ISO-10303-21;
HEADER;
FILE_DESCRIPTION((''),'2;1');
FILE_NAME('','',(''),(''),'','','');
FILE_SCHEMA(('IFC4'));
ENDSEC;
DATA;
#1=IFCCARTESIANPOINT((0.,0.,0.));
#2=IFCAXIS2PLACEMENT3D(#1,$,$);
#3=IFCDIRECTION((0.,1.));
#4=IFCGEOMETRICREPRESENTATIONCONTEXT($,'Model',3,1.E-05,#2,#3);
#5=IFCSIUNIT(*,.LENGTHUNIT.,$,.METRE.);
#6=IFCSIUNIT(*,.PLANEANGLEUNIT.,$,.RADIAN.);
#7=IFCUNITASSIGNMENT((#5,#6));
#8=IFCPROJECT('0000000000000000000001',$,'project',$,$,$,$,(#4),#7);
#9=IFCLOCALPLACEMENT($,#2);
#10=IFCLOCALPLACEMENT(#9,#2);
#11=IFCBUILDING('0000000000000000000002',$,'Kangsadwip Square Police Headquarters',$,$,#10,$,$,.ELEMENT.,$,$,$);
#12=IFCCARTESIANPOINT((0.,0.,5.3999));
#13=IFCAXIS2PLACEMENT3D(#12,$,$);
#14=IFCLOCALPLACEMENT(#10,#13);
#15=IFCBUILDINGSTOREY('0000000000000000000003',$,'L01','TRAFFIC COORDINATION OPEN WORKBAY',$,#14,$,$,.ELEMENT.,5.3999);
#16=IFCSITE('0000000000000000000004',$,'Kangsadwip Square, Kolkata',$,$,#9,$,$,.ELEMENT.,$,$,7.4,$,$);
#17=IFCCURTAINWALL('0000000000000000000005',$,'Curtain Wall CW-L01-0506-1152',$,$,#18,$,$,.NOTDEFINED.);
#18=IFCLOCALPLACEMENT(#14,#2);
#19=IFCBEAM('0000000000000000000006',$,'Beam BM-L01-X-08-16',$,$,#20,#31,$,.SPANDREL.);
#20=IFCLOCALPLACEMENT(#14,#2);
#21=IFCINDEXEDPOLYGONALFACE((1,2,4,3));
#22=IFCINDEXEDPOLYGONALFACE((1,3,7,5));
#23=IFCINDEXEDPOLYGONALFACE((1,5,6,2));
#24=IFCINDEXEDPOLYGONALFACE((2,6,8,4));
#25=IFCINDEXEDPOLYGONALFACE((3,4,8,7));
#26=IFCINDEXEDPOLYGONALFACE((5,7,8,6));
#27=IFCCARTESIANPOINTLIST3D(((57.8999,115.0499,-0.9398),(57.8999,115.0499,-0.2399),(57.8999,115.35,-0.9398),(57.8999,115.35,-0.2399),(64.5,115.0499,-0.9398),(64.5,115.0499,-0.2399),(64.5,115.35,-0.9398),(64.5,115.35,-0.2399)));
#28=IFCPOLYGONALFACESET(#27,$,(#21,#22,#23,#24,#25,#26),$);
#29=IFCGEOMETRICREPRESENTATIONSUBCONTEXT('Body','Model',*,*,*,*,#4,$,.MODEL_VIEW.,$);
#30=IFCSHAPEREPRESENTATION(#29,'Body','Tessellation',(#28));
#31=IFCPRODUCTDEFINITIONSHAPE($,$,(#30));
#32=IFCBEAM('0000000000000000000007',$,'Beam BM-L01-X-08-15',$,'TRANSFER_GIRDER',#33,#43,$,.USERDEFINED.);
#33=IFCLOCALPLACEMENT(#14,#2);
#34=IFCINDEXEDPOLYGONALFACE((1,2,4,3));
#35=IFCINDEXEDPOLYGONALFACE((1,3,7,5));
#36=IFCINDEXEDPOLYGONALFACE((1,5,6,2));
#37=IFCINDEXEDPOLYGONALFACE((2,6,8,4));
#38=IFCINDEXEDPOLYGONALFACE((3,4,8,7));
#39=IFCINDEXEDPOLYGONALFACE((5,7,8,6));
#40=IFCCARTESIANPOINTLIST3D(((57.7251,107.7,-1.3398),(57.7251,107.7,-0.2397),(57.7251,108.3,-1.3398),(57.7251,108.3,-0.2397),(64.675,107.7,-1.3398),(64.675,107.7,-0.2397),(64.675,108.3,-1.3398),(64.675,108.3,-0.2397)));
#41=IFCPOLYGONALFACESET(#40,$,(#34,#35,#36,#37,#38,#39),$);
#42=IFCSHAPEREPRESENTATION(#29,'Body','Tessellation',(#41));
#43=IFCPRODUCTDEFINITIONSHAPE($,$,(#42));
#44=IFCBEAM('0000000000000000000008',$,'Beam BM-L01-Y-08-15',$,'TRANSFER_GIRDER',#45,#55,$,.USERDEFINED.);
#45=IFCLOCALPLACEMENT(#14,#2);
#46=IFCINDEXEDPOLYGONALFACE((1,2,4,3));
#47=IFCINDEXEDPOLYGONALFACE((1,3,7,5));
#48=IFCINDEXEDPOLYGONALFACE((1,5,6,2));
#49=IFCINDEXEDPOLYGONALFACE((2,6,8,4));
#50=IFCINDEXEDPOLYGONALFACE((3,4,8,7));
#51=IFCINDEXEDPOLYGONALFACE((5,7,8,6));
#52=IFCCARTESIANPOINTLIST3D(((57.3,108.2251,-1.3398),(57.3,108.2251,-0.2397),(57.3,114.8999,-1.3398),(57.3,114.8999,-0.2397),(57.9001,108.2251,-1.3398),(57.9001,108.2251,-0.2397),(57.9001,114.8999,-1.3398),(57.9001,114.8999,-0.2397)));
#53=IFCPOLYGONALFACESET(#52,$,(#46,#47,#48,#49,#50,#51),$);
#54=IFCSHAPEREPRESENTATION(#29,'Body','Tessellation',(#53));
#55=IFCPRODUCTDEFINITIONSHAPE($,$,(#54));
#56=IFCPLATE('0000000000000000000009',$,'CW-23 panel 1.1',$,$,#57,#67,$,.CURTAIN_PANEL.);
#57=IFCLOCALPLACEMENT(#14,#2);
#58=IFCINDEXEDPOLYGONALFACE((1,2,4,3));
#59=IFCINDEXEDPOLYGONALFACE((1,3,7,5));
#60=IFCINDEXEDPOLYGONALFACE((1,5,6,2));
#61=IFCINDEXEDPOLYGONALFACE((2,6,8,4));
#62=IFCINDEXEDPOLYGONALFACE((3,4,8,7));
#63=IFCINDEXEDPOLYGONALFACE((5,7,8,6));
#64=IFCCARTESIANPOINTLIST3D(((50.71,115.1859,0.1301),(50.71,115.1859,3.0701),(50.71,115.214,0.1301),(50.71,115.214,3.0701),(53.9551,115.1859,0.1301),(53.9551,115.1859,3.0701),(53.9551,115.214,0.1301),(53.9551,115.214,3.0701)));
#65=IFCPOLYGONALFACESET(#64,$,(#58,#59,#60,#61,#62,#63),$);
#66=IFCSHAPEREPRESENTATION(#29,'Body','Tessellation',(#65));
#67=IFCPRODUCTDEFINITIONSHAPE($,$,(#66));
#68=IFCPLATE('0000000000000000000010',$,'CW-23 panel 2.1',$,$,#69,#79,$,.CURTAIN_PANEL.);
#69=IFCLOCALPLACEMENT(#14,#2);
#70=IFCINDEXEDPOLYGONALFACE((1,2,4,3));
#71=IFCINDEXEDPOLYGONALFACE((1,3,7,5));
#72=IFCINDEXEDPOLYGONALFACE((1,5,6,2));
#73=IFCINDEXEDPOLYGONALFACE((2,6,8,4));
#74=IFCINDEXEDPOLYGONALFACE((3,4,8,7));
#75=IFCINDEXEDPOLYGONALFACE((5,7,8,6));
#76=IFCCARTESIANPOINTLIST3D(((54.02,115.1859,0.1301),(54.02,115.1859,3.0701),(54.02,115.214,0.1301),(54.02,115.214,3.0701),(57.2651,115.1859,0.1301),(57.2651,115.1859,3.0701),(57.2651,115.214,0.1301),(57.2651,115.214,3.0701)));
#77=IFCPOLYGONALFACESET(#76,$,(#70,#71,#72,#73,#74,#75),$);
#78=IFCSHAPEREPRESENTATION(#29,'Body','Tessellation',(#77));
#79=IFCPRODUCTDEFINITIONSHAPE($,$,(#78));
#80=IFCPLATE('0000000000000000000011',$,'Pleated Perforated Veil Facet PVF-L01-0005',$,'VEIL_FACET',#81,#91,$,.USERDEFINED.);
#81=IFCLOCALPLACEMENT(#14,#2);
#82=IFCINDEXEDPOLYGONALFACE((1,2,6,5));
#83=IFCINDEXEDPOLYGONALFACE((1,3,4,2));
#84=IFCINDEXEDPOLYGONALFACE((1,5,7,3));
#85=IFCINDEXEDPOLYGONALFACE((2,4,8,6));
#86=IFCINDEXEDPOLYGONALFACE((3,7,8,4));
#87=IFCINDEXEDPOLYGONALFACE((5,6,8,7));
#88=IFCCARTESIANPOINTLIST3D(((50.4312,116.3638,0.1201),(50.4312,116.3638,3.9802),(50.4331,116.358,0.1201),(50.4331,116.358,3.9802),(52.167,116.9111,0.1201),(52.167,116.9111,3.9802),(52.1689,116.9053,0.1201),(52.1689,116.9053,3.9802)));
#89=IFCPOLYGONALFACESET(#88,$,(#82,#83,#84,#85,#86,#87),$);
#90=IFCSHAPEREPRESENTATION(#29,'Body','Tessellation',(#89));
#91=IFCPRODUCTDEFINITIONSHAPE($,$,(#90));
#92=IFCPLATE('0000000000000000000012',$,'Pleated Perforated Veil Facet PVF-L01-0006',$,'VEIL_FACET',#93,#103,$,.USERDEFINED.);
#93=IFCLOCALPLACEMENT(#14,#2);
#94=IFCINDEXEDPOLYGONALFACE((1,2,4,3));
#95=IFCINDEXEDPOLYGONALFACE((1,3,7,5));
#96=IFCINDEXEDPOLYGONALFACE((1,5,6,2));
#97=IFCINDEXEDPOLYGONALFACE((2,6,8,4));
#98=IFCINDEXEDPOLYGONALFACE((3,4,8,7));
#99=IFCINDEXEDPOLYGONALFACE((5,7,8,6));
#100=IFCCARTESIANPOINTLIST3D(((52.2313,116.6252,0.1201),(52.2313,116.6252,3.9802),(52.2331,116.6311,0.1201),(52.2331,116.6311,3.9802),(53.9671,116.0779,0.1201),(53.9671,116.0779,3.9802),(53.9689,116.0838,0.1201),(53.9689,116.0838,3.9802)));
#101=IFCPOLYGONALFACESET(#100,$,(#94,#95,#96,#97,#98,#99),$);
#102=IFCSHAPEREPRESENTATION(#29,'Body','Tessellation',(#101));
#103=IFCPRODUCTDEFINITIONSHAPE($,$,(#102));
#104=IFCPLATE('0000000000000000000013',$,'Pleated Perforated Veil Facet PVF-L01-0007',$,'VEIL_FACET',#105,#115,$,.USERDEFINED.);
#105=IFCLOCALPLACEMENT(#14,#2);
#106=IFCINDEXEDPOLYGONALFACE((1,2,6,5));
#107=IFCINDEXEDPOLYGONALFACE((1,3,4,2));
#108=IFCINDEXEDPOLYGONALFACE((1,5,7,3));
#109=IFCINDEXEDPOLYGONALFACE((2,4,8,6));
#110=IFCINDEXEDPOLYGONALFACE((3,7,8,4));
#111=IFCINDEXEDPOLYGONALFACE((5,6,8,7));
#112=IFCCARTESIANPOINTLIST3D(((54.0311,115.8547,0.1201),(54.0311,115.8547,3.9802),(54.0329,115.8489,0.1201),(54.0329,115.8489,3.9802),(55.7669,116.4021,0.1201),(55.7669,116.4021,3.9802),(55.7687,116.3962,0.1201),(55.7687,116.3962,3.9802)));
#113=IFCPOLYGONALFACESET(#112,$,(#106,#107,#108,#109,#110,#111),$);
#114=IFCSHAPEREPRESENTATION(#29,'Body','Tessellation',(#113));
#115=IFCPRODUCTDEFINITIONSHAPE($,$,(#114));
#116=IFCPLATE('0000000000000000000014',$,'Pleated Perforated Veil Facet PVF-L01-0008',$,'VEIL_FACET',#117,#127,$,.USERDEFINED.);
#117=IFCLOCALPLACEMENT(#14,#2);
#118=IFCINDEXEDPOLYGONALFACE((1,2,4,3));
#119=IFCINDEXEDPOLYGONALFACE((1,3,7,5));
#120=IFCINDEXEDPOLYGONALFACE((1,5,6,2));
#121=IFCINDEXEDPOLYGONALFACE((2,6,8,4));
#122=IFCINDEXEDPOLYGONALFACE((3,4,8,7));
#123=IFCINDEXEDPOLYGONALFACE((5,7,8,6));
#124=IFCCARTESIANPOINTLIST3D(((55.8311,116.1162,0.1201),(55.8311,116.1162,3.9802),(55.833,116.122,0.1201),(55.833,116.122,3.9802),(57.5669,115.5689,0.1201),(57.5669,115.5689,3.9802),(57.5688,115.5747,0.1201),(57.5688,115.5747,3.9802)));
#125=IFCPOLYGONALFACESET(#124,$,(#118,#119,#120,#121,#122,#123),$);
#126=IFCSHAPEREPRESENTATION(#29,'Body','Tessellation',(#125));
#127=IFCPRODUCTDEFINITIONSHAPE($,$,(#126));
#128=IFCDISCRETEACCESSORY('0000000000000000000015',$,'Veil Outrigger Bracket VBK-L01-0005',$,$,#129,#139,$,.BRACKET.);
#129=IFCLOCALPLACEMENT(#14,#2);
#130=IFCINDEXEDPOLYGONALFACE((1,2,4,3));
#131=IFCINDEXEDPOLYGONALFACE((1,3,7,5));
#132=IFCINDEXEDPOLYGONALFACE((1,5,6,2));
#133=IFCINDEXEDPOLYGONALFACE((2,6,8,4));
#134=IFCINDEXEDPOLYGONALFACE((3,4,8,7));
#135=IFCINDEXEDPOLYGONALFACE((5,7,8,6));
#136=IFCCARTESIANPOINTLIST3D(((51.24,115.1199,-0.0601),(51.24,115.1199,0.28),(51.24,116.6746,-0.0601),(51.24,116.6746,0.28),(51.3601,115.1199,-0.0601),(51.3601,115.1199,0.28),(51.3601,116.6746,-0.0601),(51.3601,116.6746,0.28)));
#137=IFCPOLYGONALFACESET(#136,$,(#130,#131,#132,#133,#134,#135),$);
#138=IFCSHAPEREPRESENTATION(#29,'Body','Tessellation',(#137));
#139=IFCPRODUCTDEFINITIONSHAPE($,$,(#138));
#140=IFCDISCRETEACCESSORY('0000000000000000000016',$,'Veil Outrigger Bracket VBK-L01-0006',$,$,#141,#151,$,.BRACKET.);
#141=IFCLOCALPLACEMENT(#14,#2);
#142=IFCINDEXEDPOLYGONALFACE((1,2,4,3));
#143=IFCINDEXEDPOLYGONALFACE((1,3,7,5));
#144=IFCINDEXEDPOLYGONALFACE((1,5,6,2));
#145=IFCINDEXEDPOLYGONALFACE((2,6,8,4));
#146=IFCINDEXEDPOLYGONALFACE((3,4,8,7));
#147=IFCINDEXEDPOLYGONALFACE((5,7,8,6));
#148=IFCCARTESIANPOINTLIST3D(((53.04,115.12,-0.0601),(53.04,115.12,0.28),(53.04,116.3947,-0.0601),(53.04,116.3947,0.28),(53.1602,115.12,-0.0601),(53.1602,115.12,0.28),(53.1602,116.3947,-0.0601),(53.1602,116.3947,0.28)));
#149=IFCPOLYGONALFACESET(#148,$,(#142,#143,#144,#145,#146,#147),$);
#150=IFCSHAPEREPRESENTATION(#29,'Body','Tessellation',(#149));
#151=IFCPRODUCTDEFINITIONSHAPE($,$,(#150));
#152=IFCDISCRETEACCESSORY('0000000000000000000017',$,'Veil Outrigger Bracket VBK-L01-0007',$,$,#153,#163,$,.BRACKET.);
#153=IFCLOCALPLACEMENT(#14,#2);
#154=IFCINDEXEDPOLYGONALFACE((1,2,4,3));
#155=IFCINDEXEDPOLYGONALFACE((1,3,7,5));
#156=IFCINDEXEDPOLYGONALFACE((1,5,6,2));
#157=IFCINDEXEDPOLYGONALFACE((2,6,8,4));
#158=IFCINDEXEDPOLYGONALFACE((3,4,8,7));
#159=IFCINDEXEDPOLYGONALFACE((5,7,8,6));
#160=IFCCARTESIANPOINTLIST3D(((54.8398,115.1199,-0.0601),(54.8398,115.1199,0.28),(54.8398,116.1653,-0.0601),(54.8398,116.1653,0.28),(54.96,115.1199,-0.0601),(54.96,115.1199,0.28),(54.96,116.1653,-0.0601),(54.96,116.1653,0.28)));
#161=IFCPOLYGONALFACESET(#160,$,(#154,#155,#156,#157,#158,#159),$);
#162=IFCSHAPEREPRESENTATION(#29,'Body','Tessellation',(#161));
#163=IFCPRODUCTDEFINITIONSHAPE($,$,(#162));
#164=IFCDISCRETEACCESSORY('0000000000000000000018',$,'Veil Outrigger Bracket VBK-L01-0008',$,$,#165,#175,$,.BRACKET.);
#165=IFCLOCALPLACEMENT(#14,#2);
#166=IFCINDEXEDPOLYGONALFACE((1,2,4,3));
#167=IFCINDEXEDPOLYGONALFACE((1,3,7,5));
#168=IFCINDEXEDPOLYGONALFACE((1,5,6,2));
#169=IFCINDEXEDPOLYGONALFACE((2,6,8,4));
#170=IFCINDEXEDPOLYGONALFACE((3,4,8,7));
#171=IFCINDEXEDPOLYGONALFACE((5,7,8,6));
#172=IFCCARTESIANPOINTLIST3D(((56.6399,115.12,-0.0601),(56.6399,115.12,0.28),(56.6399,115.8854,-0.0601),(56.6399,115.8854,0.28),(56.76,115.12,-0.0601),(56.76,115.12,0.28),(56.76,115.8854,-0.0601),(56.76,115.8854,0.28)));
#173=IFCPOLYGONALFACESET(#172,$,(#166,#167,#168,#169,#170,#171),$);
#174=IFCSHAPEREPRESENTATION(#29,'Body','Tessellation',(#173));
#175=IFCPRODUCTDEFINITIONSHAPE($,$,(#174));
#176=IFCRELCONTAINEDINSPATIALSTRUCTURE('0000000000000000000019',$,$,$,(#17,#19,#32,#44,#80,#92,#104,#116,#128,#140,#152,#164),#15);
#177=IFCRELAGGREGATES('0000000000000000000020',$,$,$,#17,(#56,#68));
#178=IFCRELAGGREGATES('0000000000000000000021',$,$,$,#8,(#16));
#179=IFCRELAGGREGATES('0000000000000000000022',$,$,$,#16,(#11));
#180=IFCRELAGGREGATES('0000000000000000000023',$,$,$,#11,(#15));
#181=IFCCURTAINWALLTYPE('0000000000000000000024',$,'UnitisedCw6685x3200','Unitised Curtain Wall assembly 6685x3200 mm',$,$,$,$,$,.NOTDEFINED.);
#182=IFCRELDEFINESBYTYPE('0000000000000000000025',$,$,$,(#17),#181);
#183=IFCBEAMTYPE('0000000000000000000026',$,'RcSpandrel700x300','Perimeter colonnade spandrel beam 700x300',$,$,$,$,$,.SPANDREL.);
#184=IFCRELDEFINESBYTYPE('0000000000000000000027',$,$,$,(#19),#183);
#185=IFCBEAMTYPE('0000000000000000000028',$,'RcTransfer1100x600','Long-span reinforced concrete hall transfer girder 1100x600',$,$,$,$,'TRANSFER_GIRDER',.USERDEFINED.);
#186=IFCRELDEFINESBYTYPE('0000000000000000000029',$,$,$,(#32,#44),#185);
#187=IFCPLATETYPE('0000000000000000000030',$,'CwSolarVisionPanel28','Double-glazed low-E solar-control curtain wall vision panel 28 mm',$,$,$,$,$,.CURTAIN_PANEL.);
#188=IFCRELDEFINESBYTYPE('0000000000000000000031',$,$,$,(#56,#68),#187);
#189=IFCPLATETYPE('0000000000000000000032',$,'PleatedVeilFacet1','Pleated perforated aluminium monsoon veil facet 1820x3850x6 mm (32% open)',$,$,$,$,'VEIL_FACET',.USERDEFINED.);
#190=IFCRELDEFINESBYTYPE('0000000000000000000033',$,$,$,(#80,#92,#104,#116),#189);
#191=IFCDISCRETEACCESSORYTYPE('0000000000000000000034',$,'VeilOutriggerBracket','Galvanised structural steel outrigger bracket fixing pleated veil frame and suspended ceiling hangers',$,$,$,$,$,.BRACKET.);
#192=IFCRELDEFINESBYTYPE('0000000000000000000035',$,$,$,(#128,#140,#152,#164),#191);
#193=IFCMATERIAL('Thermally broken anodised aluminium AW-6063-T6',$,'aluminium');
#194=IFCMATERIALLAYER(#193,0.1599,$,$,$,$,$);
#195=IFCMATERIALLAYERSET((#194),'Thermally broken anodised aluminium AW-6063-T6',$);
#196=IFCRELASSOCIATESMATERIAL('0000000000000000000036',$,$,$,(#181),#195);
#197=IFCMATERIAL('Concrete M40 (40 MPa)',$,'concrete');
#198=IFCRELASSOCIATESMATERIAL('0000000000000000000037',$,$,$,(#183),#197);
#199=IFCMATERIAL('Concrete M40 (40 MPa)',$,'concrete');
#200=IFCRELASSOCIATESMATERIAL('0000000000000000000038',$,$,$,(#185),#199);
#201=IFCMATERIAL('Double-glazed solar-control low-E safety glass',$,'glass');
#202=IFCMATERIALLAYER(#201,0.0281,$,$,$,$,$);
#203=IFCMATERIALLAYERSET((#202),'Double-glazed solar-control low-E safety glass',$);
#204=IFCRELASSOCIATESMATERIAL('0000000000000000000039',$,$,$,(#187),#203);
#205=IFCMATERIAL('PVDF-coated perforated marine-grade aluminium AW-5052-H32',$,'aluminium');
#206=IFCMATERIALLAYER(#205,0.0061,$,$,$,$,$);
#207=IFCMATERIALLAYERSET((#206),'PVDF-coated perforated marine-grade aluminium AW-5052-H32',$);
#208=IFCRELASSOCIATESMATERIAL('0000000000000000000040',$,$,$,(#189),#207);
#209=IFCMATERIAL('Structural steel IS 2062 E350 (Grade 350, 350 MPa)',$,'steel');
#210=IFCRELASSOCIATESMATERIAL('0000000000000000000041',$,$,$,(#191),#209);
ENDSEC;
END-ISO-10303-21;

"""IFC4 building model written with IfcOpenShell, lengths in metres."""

from ifc_helpers import new_model, si_unit, direction, frame, origin, origin_2d, place, context, subcontext, project, spatial, rectangle, extrude, material, layer, layer_set, material_profile, profile_set, type_object, element, aggregate, save


model = new_model("IFC4")

# Units and contexts
model_context = context("Model", 3, precision=1e-05, world=origin(), true_north=direction((0.0, 1.0)))
body_context = subcontext(model_context, "Body", "Model", "MODEL_VIEW")
ifc_project = project(units=[si_unit("LENGTHUNIT", "METRE"), si_unit("PLANEANGLEUNIT", "RADIAN")], contexts=[model_context])

# Site, building, storey
site_placement = place(None, origin())
site = spatial("IfcSite", under=ifc_project, at=site_placement, Name="Kangsadwip Square, Kolkata", CompositionType="ELEMENT", RefElevation=7.4)
building_placement = place(site_placement, origin())
building = spatial("IfcBuilding", under=site, at=building_placement, Name="Kangsadwip Square Police Headquarters", CompositionType="ELEMENT")
storey_placement = place(building_placement, frame((0.0, 0.0, 5.3999)))
storey = spatial("IfcBuildingStorey", under=building, at=storey_placement, Name="L01", Description="TRAFFIC COORDINATION OPEN WORKBAY", CompositionType="ELEMENT", Elevation=5.3999)

# Curtain wall
ifc_material_1 = material(Name="Thermally broken anodised aluminium AW-6063-T6", Category="aluminium")
ifc_layer_1 = layer(ifc_material_1, 0.1599)
ifc_layer_set_1 = layer_set([ifc_layer_1], Name="Thermally broken anodised aluminium AW-6063-T6")
curtain_wall_type = type_object("IfcCurtainWallType", Name="UnitisedCw6685x3200", Description="Unitised Curtain Wall assembly 6685x3200 mm", PredefinedType="NOTDEFINED", material=ifc_layer_set_1)
curtain_wall_1_placement = place(storey_placement, origin())
curtain_wall_1 = element("IfcCurtainWall", 1, at=curtain_wall_1_placement, inside=storey, type_object=curtain_wall_type, Name="Curtain Wall CW-L01-0506-1152", PredefinedType="NOTDEFINED")

# Beams
ifc_material_2 = material(Name="Concrete M40 (40 MPa)", Category="concrete")
ifc_material_profile_1 = material_profile(ifc_material_2, rectangle(XDim=0.3, YDim=0.7, at=origin_2d()), Name="RC SPN 700X300")
ifc_profile_set_1 = profile_set([ifc_material_profile_1], Name="Concrete M40 (40 MPa)")
beam_type_1 = type_object("IfcBeamType", Name="RcSpandrel700x300", Description="Perimeter colonnade spandrel beam 700x300", PredefinedType="SPANDREL", material=ifc_profile_set_1)
for number, where, z_axis, x_axis, name in (
    (2, (57.8999, 115.2, -0.5898), (1.0, 0.0, 0.0), (0.0, 1.0, 0.0), "Beam BM-L01-X-08-16"),
):
    element("IfcBeam", number, at=place(storey_placement, frame(where, z_axis=z_axis, x_axis=x_axis)), inside=storey, type_object=beam_type_1, Name=name, PredefinedType="SPANDREL", context=body_context, shape_type="SweptSolid", body=[
        extrude(rectangle(XDim=0.3, YDim=0.7, at=origin_2d()), origin(), (0.0, 0.0, 1.0), 6.6001),
    ])
ifc_material_3 = material(Name="Concrete M40 (40 MPa)", Category="concrete")
ifc_material_profile_2 = material_profile(ifc_material_3, rectangle(XDim=0.6001, YDim=1.1001, at=origin_2d()), Name="RC TG 1100X600")
ifc_profile_set_2 = profile_set([ifc_material_profile_2], Name="Concrete M40 (40 MPa)")
beam_type_2 = type_object("IfcBeamType", Name="RcTransfer1100x600", Description="Long-span reinforced concrete hall transfer girder 1100x600", ElementType="TRANSFER_GIRDER", PredefinedType="USERDEFINED", material=ifc_profile_set_2)
beam_1_placement = place(storey_placement, frame((57.7251, 108.0, -0.7898), z_axis=(1.0, 0.0, 0.0), x_axis=(0.0, 1.0, 0.0)))
element("IfcBeam", 3, at=beam_1_placement, inside=storey, type_object=beam_type_2, Name="Beam BM-L01-X-08-15", ObjectType="TRANSFER_GIRDER", PredefinedType="USERDEFINED", context=body_context, shape_type="SweptSolid", body=[
    extrude(rectangle(XDim=0.6001, YDim=1.1001, at=origin_2d()), origin(), (0.0, 0.0, 1.0), 6.95),
])
beam_2_placement = place(storey_placement, frame((57.6001, 108.2251, -0.7898), z_axis=(0.0, 1.0, 0.0), x_axis=(-1.0, 0.0, 0.0)))
element("IfcBeam", 4, at=beam_2_placement, inside=storey, type_object=beam_type_2, Name="Beam BM-L01-Y-08-15", ObjectType="TRANSFER_GIRDER", PredefinedType="USERDEFINED", context=body_context, shape_type="SweptSolid", body=[
    extrude(rectangle(XDim=0.6001, YDim=1.1001, at=origin_2d()), origin(), (0.0, 0.0, 1.0), 6.6748),
])

# Plates
ifc_material_4 = material(Name="Double-glazed solar-control low-E safety glass", Category="glass")
ifc_layer_2 = layer(ifc_material_4, 0.0281)
ifc_layer_set_2 = layer_set([ifc_layer_2], Name="Double-glazed solar-control low-E safety glass")
plate_type_1 = type_object("IfcPlateType", Name="CwSolarVisionPanel28", Description="Double-glazed low-E solar-control curtain wall vision panel 28 mm", PredefinedType="CURTAIN_PANEL", material=ifc_layer_set_2)
plate_1_placement = place(storey_placement, frame((52.3325, 115.2, 0.1301), z_axis=(0.0, 0.0, 1.0), x_axis=(1.0, 0.0, 0.0)))
plate_1 = element("IfcPlate", 5, at=plate_1_placement, type_object=plate_type_1, Name="CW-23 panel 1.1", PredefinedType="CURTAIN_PANEL", context=body_context, shape_type="SweptSolid", body=[
    extrude(rectangle(XDim=3.2451, YDim=0.0281, at=origin_2d()), origin(), (0.0, 0.0, 1.0), 2.9399),
])
plate_2_placement = place(storey_placement, frame((55.6426, 115.2, 0.1301), z_axis=(0.0, 0.0, 1.0), x_axis=(1.0, 0.0, 0.0)))
plate_2 = element("IfcPlate", 6, at=plate_2_placement, type_object=plate_type_1, Name="CW-23 panel 2.1", PredefinedType="CURTAIN_PANEL", context=body_context, shape_type="SweptSolid", body=[
    extrude(rectangle(XDim=3.2451, YDim=0.0281, at=origin_2d()), origin(), (0.0, 0.0, 1.0), 2.9399),
])
aggregate(curtain_wall_1, [plate_1, plate_2])

# Plates
ifc_material_5 = material(Name="PVDF-coated perforated marine-grade aluminium AW-5052-H32", Category="aluminium")
ifc_layer_3 = layer(ifc_material_5, 0.0061)
ifc_layer_set_3 = layer_set([ifc_layer_3], Name="PVDF-coated perforated marine-grade aluminium AW-5052-H32")
plate_type_2 = type_object("IfcPlateType", Name="PleatedVeilFacet1", Description="Pleated perforated aluminium monsoon veil facet 1820x3850x6 mm (32% open)", ElementType="VEIL_FACET", PredefinedType="USERDEFINED", material=ifc_layer_set_3)
for number, where, z_axis, x_axis, name in (
    (7, (51.3, 116.6345, 0.1201), (0.0, 0.0, 1.0), (0.953717, 0.300706, 0.0), "Pleated Perforated Veil Facet PVF-L01-0005"),
    (8, (53.1001, 116.3545, 0.1201), (0.0, 0.0, 1.0), (0.953717, -0.300706, 0.0), "Pleated Perforated Veil Facet PVF-L01-0006"),
    (9, (54.8999, 116.1255, 0.1201), (0.0, 0.0, 1.0), (0.953717, 0.300706, 0.0), "Pleated Perforated Veil Facet PVF-L01-0007"),
    (10, (56.7, 115.8455, 0.1201), (0.0, 0.0, 1.0), (0.953717, -0.300706, 0.0), "Pleated Perforated Veil Facet PVF-L01-0008"),
):
    element("IfcPlate", number, at=place(storey_placement, frame(where, z_axis=z_axis, x_axis=x_axis)), inside=storey, type_object=plate_type_2, Name=name, ObjectType="VEIL_FACET", PredefinedType="USERDEFINED", context=body_context, shape_type="SweptSolid", body=[
        extrude(rectangle(XDim=1.8201, YDim=0.0061, at=origin_2d()), origin(), (0.0, 0.0, 1.0), 3.8601),
    ])

# Discrete accessories
ifc_material_6 = material(Name="Structural steel IS 2062 E350 (Grade 350, 350 MPa)", Category="steel")
discrete_accessory_type = type_object("IfcDiscreteAccessoryType", Name="VeilOutriggerBracket", Description="Galvanised structural steel outrigger bracket fixing pleated veil frame and suspended ceiling hangers", PredefinedType="BRACKET", material=ifc_material_6)
discrete_accessory_1_placement = place(storey_placement, frame((51.3, 115.8972, -0.0601), z_axis=(0.0, 0.0, 1.0), x_axis=(1.0, 0.0, 0.0)))
element("IfcDiscreteAccessory", 11, at=discrete_accessory_1_placement, inside=storey, type_object=discrete_accessory_type, Name="Veil Outrigger Bracket VBK-L01-0005", PredefinedType="BRACKET", context=body_context, shape_type="SweptSolid", body=[
    extrude(rectangle(XDim=0.1201, YDim=1.5547, at=origin_2d()), origin(), (0.0, 0.0, 1.0), 0.3401),
])
discrete_accessory_2_placement = place(storey_placement, frame((53.1001, 115.7573, -0.0601), z_axis=(0.0, 0.0, 1.0), x_axis=(1.0, 0.0, 0.0)))
element("IfcDiscreteAccessory", 12, at=discrete_accessory_2_placement, inside=storey, type_object=discrete_accessory_type, Name="Veil Outrigger Bracket VBK-L01-0006", PredefinedType="BRACKET", context=body_context, shape_type="SweptSolid", body=[
    extrude(rectangle(XDim=0.1201, YDim=1.2747, at=origin_2d()), origin(), (0.0, 0.0, 1.0), 0.3401),
])
discrete_accessory_3_placement = place(storey_placement, frame((54.8999, 115.6426, -0.0601), z_axis=(0.0, 0.0, 1.0), x_axis=(1.0, 0.0, 0.0)))
element("IfcDiscreteAccessory", 13, at=discrete_accessory_3_placement, inside=storey, type_object=discrete_accessory_type, Name="Veil Outrigger Bracket VBK-L01-0007", PredefinedType="BRACKET", context=body_context, shape_type="SweptSolid", body=[
    extrude(rectangle(XDim=0.1201, YDim=1.0454, at=origin_2d()), origin(), (0.0, 0.0, 1.0), 0.3401),
])
discrete_accessory_4_placement = place(storey_placement, frame((56.7, 115.5027, -0.0601), z_axis=(0.0, 0.0, 1.0), x_axis=(1.0, 0.0, 0.0)))
element("IfcDiscreteAccessory", 14, at=discrete_accessory_4_placement, inside=storey, type_object=discrete_accessory_type, Name="Veil Outrigger Bracket VBK-L01-0008", PredefinedType="BRACKET", context=body_context, shape_type="SweptSolid", body=[
    extrude(rectangle(XDim=0.1201, YDim=0.7654, at=origin_2d()), origin(), (0.0, 0.0, 1.0), 0.3401),
])

save(model, "model.ifc")
